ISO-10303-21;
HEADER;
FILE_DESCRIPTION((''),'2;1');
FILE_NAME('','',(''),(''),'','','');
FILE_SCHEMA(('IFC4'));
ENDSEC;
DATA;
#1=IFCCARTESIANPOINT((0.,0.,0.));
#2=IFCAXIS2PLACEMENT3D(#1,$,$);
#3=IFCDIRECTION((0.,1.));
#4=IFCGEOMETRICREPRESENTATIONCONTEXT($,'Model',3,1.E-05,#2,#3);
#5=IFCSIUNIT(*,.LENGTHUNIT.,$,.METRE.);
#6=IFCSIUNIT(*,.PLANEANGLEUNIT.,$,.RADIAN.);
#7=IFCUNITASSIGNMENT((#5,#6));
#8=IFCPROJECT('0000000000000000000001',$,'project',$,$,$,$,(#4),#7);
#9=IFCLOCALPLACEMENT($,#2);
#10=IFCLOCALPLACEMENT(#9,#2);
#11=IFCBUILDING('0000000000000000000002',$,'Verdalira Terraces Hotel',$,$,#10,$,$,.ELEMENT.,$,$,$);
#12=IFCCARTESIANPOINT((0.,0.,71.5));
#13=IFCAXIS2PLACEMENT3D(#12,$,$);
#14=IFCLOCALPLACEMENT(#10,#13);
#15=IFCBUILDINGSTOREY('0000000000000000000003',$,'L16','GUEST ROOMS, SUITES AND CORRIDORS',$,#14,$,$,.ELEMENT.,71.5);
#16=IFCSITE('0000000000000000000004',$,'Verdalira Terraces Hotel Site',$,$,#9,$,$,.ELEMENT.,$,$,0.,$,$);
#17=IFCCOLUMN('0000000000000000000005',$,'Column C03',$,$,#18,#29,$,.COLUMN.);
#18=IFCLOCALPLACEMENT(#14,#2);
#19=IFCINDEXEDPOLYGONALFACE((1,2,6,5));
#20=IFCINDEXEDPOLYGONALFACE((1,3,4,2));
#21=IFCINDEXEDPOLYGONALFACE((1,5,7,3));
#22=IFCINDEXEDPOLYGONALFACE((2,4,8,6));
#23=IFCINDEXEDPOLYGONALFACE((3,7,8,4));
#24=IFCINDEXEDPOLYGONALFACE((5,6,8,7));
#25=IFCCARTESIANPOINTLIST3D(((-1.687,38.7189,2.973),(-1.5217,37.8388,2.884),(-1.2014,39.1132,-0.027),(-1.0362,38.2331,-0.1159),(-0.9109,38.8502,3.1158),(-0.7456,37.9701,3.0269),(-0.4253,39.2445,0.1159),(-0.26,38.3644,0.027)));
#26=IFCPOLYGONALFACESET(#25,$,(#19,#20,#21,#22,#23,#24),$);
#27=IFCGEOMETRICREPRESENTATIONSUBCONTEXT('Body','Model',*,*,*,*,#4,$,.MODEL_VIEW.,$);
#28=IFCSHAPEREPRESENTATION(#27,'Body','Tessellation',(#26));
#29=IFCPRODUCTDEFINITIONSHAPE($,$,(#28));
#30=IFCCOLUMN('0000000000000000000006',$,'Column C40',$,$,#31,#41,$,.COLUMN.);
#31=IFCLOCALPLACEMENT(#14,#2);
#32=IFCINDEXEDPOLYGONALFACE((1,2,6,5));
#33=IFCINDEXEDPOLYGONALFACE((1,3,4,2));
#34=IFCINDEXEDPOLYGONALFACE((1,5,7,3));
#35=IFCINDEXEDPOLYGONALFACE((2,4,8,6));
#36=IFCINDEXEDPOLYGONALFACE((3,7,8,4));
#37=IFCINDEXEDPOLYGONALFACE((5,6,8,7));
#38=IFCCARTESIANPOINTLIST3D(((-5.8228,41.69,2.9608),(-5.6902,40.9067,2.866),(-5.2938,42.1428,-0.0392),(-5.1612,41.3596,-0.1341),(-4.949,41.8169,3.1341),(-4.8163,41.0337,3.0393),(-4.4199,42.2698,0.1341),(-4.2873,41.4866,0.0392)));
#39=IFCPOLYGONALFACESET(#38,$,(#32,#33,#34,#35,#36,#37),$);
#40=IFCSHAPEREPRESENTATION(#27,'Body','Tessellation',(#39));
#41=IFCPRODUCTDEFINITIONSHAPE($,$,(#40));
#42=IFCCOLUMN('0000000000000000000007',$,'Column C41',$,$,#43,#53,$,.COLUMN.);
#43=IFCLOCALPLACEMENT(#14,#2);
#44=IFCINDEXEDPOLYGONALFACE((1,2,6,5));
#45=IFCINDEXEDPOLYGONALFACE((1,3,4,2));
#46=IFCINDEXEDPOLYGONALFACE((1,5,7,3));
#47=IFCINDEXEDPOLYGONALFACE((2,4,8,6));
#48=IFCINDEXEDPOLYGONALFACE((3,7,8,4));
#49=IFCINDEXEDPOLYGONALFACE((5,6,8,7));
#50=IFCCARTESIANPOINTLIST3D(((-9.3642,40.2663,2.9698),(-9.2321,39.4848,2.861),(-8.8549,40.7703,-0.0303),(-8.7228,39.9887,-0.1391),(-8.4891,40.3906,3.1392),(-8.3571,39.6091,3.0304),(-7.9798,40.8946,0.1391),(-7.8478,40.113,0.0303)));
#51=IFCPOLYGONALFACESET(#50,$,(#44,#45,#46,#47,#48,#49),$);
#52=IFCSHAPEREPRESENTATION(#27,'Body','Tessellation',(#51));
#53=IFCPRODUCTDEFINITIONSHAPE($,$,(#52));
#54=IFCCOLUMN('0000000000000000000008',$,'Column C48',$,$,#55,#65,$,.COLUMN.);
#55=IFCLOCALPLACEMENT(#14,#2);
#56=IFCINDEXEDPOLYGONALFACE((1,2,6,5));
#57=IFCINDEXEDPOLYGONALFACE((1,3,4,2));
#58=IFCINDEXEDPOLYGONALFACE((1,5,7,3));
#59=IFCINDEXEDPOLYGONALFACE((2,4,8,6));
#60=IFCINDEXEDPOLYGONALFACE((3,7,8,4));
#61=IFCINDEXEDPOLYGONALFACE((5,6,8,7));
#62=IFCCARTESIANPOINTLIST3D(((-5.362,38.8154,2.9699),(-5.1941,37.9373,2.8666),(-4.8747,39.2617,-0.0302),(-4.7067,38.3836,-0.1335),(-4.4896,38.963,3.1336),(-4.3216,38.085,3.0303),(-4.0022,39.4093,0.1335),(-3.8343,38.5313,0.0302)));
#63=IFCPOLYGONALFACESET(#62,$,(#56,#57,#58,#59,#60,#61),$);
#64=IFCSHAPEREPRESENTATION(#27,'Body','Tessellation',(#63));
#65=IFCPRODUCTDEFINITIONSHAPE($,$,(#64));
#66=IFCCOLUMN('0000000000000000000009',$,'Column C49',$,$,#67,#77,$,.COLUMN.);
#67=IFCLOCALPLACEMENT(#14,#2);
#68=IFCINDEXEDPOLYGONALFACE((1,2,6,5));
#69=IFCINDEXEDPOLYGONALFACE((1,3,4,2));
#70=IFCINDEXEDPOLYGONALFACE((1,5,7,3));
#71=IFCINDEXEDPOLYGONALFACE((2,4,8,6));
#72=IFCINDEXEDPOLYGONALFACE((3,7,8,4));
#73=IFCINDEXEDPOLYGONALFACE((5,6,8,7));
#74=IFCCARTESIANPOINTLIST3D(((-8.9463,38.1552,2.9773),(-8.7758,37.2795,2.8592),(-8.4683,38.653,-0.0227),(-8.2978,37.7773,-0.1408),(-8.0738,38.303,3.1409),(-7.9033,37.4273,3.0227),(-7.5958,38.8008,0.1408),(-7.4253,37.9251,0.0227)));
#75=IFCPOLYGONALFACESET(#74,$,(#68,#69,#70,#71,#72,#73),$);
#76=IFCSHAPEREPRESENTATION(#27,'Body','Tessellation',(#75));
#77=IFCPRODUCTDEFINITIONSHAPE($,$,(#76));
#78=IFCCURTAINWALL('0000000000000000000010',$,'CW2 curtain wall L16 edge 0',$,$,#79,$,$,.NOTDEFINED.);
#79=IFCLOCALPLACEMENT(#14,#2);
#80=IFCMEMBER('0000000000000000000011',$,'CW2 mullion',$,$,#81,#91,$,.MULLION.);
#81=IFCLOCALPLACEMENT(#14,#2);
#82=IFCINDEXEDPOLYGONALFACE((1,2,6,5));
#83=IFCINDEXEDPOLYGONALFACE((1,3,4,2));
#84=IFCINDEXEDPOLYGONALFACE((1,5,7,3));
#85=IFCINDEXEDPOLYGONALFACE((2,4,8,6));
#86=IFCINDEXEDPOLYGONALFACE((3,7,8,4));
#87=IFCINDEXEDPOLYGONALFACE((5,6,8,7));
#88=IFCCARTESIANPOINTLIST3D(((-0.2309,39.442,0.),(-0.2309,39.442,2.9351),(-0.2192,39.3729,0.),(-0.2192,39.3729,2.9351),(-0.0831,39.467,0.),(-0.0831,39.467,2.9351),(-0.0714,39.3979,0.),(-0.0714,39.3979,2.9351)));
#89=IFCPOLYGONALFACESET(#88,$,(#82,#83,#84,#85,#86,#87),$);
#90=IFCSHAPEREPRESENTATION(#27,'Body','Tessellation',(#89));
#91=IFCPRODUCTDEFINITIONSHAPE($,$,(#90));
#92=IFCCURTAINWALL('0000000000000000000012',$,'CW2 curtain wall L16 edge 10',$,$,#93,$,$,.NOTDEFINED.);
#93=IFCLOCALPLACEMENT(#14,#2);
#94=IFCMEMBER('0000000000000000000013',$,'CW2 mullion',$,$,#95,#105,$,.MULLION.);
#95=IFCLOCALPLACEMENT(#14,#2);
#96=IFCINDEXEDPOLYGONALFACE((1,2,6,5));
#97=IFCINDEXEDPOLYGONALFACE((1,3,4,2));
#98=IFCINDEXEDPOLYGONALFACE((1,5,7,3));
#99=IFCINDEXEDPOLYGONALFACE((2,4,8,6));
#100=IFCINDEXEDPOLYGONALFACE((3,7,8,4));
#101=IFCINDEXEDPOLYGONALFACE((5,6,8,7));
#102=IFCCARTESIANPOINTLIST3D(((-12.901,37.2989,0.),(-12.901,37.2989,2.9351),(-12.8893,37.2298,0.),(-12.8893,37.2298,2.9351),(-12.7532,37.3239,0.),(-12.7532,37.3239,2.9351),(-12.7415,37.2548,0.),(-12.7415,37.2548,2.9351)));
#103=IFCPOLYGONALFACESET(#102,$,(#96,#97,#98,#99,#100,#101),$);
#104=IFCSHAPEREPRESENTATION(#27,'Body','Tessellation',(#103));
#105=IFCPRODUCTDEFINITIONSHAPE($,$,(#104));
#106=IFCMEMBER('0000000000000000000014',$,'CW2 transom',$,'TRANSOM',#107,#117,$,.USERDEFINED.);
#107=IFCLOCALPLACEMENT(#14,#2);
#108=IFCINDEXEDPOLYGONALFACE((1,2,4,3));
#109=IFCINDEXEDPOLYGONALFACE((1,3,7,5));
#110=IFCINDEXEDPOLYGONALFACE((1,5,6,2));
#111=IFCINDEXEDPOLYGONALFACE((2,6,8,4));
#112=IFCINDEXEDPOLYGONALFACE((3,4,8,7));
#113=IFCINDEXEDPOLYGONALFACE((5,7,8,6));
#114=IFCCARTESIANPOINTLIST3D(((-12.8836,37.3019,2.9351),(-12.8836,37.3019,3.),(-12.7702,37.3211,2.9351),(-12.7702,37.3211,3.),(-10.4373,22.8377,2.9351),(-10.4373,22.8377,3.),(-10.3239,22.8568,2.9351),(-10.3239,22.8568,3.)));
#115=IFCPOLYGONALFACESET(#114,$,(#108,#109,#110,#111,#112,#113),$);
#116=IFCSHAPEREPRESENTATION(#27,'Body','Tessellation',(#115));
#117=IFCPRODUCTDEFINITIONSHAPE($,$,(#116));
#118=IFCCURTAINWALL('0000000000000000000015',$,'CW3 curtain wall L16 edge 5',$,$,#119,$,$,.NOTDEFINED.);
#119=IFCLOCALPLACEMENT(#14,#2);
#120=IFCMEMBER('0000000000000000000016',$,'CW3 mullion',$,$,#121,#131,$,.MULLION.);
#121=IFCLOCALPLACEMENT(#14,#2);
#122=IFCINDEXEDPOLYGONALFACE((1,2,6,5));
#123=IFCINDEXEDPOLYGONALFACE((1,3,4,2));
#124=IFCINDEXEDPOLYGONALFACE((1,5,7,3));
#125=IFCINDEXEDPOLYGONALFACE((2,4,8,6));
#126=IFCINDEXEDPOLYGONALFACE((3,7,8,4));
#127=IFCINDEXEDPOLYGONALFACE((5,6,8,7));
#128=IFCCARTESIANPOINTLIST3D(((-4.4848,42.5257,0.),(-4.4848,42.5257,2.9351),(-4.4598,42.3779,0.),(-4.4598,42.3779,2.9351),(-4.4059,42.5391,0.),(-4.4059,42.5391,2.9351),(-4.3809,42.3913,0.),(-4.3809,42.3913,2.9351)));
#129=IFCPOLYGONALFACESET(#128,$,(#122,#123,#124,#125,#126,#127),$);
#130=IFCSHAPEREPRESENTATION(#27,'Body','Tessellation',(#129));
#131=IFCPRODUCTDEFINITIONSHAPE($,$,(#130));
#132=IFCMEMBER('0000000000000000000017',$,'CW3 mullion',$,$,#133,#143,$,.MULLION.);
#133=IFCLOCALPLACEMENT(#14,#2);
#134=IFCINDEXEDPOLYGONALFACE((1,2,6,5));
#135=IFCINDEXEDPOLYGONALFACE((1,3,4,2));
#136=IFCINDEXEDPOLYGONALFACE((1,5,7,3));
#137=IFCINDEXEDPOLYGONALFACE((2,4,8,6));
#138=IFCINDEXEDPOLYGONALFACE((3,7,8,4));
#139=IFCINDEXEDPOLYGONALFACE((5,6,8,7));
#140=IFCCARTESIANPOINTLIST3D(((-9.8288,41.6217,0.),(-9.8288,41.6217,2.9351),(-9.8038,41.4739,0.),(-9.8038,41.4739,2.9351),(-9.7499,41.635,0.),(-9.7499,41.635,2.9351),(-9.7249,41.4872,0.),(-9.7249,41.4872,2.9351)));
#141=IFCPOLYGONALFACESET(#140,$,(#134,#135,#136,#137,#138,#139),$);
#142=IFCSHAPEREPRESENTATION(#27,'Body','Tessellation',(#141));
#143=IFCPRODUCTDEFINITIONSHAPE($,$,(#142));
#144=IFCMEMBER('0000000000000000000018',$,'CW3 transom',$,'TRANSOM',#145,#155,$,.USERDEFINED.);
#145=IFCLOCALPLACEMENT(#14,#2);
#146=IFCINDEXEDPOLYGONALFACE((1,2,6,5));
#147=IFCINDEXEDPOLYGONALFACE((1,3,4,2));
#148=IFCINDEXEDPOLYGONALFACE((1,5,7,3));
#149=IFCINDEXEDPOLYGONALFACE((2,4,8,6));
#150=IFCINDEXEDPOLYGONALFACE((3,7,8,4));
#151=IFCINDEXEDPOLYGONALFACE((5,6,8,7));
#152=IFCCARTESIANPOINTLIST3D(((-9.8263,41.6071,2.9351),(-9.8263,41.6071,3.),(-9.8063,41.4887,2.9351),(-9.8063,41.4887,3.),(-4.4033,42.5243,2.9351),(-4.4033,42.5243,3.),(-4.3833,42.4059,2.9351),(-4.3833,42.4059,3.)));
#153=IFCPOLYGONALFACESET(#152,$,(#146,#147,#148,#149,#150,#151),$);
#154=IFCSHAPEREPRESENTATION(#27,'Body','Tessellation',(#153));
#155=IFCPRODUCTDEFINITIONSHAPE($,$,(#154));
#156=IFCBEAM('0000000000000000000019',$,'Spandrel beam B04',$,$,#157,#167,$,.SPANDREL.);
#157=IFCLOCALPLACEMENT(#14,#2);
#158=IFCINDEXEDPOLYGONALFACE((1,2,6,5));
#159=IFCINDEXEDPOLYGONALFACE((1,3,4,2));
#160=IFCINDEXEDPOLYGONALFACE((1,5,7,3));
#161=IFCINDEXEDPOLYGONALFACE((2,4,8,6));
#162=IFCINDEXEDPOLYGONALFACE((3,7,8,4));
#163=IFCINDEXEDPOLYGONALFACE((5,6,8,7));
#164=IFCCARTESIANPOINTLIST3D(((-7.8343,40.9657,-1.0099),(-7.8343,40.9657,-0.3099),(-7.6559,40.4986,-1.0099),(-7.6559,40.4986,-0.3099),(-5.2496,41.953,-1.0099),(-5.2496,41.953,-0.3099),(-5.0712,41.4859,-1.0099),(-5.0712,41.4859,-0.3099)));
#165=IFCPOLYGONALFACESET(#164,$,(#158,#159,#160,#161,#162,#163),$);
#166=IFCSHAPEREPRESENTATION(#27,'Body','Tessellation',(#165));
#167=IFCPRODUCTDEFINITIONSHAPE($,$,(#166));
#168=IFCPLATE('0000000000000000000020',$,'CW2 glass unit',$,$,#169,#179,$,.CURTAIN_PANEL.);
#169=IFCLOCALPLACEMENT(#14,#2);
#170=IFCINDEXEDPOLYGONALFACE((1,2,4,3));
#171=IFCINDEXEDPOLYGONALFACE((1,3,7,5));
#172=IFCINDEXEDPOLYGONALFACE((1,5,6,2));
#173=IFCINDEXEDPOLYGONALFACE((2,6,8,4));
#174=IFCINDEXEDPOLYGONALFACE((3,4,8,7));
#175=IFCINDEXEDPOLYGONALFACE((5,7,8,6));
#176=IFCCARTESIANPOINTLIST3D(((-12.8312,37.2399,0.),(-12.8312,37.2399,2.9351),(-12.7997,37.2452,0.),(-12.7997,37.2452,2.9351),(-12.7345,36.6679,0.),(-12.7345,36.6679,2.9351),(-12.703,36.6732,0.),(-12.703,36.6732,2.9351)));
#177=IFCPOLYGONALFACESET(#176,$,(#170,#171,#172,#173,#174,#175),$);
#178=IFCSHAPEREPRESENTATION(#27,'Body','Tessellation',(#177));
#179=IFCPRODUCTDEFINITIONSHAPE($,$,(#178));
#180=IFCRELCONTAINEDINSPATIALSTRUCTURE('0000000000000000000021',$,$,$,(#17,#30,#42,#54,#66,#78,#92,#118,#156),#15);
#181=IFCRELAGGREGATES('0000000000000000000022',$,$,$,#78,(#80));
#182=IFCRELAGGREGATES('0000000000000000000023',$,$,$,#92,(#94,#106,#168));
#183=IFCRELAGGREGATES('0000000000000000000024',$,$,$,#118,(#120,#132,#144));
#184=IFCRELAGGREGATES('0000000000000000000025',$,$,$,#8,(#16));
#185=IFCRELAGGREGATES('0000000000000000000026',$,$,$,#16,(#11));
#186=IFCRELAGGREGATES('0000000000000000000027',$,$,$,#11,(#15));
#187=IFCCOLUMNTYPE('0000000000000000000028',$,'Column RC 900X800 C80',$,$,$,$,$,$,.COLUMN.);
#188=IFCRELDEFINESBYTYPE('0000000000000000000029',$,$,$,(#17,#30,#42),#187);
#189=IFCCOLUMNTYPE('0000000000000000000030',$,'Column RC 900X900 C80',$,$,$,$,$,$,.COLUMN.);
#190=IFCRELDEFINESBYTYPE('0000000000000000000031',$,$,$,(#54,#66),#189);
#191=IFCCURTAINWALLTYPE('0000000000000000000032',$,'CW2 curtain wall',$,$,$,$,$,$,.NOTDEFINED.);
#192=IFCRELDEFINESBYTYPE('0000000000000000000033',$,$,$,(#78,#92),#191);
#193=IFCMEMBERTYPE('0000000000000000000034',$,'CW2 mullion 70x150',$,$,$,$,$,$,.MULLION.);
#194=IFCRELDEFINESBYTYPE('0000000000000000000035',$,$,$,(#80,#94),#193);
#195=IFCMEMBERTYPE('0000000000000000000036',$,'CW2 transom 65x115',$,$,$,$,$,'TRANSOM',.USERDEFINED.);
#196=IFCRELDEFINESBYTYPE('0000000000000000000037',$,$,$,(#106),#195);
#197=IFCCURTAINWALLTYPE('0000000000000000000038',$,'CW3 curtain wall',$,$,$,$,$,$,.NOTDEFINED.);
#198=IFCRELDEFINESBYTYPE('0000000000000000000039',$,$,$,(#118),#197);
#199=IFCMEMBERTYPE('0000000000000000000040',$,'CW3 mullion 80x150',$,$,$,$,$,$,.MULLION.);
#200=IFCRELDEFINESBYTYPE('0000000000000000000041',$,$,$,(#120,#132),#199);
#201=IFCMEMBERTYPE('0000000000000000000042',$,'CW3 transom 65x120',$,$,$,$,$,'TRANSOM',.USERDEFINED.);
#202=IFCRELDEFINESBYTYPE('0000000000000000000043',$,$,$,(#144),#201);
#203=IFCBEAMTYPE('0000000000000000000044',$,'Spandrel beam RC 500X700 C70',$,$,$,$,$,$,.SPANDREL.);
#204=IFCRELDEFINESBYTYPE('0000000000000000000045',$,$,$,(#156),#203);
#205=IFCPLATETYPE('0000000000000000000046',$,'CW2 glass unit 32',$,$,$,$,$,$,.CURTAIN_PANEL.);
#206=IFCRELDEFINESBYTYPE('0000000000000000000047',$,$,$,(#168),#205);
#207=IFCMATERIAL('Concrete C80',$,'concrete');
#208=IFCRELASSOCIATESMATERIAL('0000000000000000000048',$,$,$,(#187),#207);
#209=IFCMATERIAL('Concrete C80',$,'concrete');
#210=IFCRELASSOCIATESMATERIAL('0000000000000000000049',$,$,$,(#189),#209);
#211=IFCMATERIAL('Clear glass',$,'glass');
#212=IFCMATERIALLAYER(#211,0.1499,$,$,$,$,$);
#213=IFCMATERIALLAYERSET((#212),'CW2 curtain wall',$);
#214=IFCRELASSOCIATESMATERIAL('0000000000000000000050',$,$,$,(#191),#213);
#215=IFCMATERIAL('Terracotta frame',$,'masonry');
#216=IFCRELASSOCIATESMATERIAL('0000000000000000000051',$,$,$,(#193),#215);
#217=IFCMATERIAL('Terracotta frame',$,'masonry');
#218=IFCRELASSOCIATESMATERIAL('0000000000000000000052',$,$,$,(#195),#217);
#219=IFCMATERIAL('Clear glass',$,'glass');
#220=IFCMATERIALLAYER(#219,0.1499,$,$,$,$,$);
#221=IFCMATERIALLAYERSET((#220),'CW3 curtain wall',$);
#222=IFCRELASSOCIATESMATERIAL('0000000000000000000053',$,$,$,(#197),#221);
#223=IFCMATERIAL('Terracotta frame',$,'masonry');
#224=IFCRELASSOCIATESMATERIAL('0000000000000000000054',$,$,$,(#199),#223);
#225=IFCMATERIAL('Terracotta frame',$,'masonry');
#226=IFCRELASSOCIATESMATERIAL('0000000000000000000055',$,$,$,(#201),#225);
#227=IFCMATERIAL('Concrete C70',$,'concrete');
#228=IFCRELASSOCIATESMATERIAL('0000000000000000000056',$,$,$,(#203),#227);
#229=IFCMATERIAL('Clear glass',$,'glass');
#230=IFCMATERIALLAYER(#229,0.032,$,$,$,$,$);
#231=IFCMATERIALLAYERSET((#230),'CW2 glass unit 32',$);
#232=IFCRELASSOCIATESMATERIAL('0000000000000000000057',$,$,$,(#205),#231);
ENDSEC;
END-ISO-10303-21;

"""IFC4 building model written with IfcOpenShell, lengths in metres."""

from ifc_helpers import new_model, si_unit, direction, frame, origin, origin_2d, place, context, subcontext, project, spatial, rectangle, extrude, material, layer, layer_set, material_profile, profile_set, type_object, element, aggregate, save


model = new_model("IFC4")

# Units and contexts
model_context = context("Model", 3, precision=1e-05, world=origin(), true_north=direction((0.0, 1.0)))
body_context = subcontext(model_context, "Body", "Model", "MODEL_VIEW")
ifc_project = project(units=[si_unit("LENGTHUNIT", "METRE"), si_unit("PLANEANGLEUNIT", "RADIAN")], contexts=[model_context])

# Site, building, storey
site_placement = place(None, origin())
site = spatial("IfcSite", under=ifc_project, at=site_placement, Name="Verdalira Terraces Hotel Site", CompositionType="ELEMENT", RefElevation=0.0)
building_placement = place(site_placement, origin())
building = spatial("IfcBuilding", under=site, at=building_placement, Name="Verdalira Terraces Hotel", CompositionType="ELEMENT")
storey_placement = place(building_placement, frame((0.0, 0.0, 71.5)))
storey = spatial("IfcBuildingStorey", under=building, at=storey_placement, Name="L16", Description="GUEST ROOMS, SUITES AND CORRIDORS", CompositionType="ELEMENT", Elevation=71.5)

# Columns
ifc_material_1 = material(Name="Concrete C80", Category="concrete")
ifc_material_profile_1 = material_profile(ifc_material_1, rectangle(XDim=0.8999, YDim=0.8, at=origin_2d()), Name="RC 900X800")
ifc_profile_set_1 = profile_set([ifc_material_profile_1], Name="Concrete C80")
column_type_1 = type_object("IfcColumnType", Name="Column RC 900X800 C80", PredefinedType="COLUMN", material=ifc_profile_set_1)
column_1_placement = place(storey_placement, frame((-0.7307, 38.7388, 0.0), z_axis=(-0.158457, -0.128662, 0.978947), x_axis=(-0.183654, 0.978012, 0.098812)))
element("IfcColumn", 1, at=column_1_placement, inside=storey, type_object=column_type_1, Name="Column C03", PredefinedType="COLUMN", context=body_context, shape_type="SweptSolid", body=[
    extrude(rectangle(XDim=0.8999, YDim=0.8, at=origin_2d()), origin(), (0.0, 0.0, 1.0), 3.0645),
])
column_2_placement = place(storey_placement, frame((-4.7905, 41.8147, 0.0), z_axis=(-0.171783, -0.14705, 0.974098), x_axis=(-0.971091, -0.141089, -0.192552)))
element("IfcColumn", 2, at=column_2_placement, inside=storey, type_object=column_type_1, Name="Column C40", PredefinedType="COLUMN", context=body_context, shape_type="SweptSolid", body=[
    extrude(rectangle(XDim=0.8999, YDim=0.8, at=origin_2d()), origin(), (0.0, 0.0, 1.0), 3.0798),
])
column_3_placement = place(storey_placement, frame((-8.3513, 40.4417, 0.0), z_axis=(-0.165116, -0.163375, 0.972649), x_axis=(-0.972359, -0.138111, -0.188265)))
element("IfcColumn", 3, at=column_3_placement, inside=storey, type_object=column_type_1, Name="Column C41", PredefinedType="COLUMN", context=body_context, shape_type="SweptSolid", body=[
    extrude(rectangle(XDim=0.8999, YDim=0.8, at=origin_2d()), origin(), (0.0, 0.0, 1.0), 3.0845),
])
ifc_material_2 = material(Name="Concrete C80", Category="concrete")
ifc_material_profile_2 = material_profile(ifc_material_2, rectangle(XDim=0.8999, YDim=0.8999, at=origin_2d()), Name="RC 900X900")
ifc_profile_set_2 = profile_set([ifc_material_profile_2], Name="Concrete C80")
column_type_2 = type_object("IfcColumnType", Name="Column RC 900X900 C80", PredefinedType="COLUMN", material=ifc_profile_set_2)
column_4_placement = place(storey_placement, frame((-4.3545, 38.8965, 0.0), z_axis=(-0.158632, -0.145281, 0.976591), x_axis=(-0.186667, 0.97569, 0.114825)))
element("IfcColumn", 4, at=column_4_placement, inside=storey, type_object=column_type_2, Name="Column C48", PredefinedType="COLUMN", context=body_context, shape_type="SweptSolid", body=[
    extrude(rectangle(XDim=0.8999, YDim=0.8999, at=origin_2d()), origin(), (0.0, 0.0, 1.0), 3.072),
])
column_5_placement = place(storey_placement, frame((-7.9468, 38.2891, 0.0), z_axis=(-0.155286, -0.16171, 0.974544), x_axis=(-0.189421, 0.97308, 0.131284)))
element("IfcColumn", 5, at=column_5_placement, inside=storey, type_object=column_type_2, Name="Column C49", PredefinedType="COLUMN", context=body_context, shape_type="SweptSolid", body=[
    extrude(rectangle(XDim=0.8999, YDim=0.8999, at=origin_2d()), origin(), (0.0, 0.0, 1.0), 3.0784),
])

# Curtain wall, member
ifc_material_3 = material(Name="Clear glass", Category="glass")
ifc_layer_1 = layer(ifc_material_3, 0.1499)
ifc_layer_set_1 = layer_set([ifc_layer_1], Name="CW2 curtain wall")
curtain_wall_type_1 = type_object("IfcCurtainWallType", Name="CW2 curtain wall", PredefinedType="NOTDEFINED", material=ifc_layer_set_1)
curtain_wall_1_placement = place(storey_placement, origin())
curtain_wall_1 = element("IfcCurtainWall", 6, at=curtain_wall_1_placement, inside=storey, type_object=curtain_wall_type_1, Name="CW2 curtain wall L16 edge 0", PredefinedType="NOTDEFINED")
ifc_material_4 = material(Name="Terracotta frame", Category="masonry")
ifc_material_profile_3 = material_profile(ifc_material_4, rectangle(XDim=0.0701, YDim=0.1499, at=origin_2d()), Name="MU 70x150")
ifc_profile_set_3 = profile_set([ifc_material_profile_3], Name="Terracotta frame")
member_type_1 = type_object("IfcMemberType", Name="CW2 mullion 70x150", PredefinedType="MULLION", material=ifc_profile_set_3)
member_1_placement = place(storey_placement, frame((-0.1511, 39.4199, 0.0), z_axis=(0.0, 0.0, 1.0), x_axis=(-0.166769, 0.985996, 0.0)))
member_1 = element("IfcMember", 7, at=member_1_placement, type_object=member_type_1, Name="CW2 mullion", PredefinedType="MULLION", context=body_context, shape_type="SweptSolid", body=[
    extrude(rectangle(XDim=0.0701, YDim=0.1499, at=origin_2d()), origin(), (0.0, 0.0, 1.0), 2.9351),
])
aggregate(curtain_wall_1, [member_1])

# Curtain walls, members
curtain_wall_2_placement = place(storey_placement, origin())
curtain_wall_2 = element("IfcCurtainWall", 8, at=curtain_wall_2_placement, inside=storey, type_object=curtain_wall_type_1, Name="CW2 curtain wall L16 edge 10", PredefinedType="NOTDEFINED")
member_2_placement = place(storey_placement, frame((-12.8213, 37.2769, 0.0), z_axis=(0.0, 0.0, 1.0), x_axis=(0.166769, -0.985996, 0.0)))
member_2 = element("IfcMember", 9, at=member_2_placement, type_object=member_type_1, Name="CW2 mullion", PredefinedType="MULLION", context=body_context, shape_type="SweptSolid", body=[
    extrude(rectangle(XDim=0.0701, YDim=0.1499, at=origin_2d()), origin(), (0.0, 0.0, 1.0), 2.9351),
])
ifc_material_5 = material(Name="Terracotta frame", Category="masonry")
ifc_material_profile_4 = material_profile(ifc_material_5, rectangle(XDim=0.115, YDim=0.0649, at=origin_2d()), Name="TR 65x115")
ifc_profile_set_4 = profile_set([ifc_material_profile_4], Name="Terracotta frame")
member_type_2 = type_object("IfcMemberType", Name="CW2 transom 65x115", ElementType="TRANSOM", PredefinedType="USERDEFINED", material=ifc_profile_set_4)
member_3_placement = place(storey_placement, frame((-12.8269, 37.3115, 2.9675), z_axis=(0.166757, -0.985998, 0.0), x_axis=(0.985998, 0.166757, 0.0)))
member_3 = element("IfcMember", 10, at=member_3_placement, type_object=member_type_2, Name="CW2 transom", ObjectType="TRANSOM", PredefinedType="USERDEFINED", context=body_context, shape_type="SweptSolid", body=[
    extrude(rectangle(XDim=0.115, YDim=0.0649, at=origin_2d()), origin(), (0.0, 0.0, 1.0), 14.6697),
])
ifc_material_6 = material(Name="Clear glass", Category="glass")
ifc_layer_2 = layer(ifc_material_6, 0.1499)
ifc_layer_set_2 = layer_set([ifc_layer_2], Name="CW3 curtain wall")
curtain_wall_type_2 = type_object("IfcCurtainWallType", Name="CW3 curtain wall", PredefinedType="NOTDEFINED", material=ifc_layer_set_2)
curtain_wall_3_placement = place(storey_placement, origin())
curtain_wall_3 = element("IfcCurtainWall", 11, at=curtain_wall_3_placement, inside=storey, type_object=curtain_wall_type_2, Name="CW3 curtain wall L16 edge 5", PredefinedType="NOTDEFINED")
ifc_material_7 = material(Name="Terracotta frame", Category="masonry")
ifc_material_profile_5 = material_profile(ifc_material_7, rectangle(XDim=0.0801, YDim=0.1499, at=origin_2d()), Name="MU 80x150")
ifc_profile_set_5 = profile_set([ifc_material_profile_5], Name="Terracotta frame")
member_type_3 = type_object("IfcMemberType", Name="CW3 mullion 80x150", PredefinedType="MULLION", material=ifc_profile_set_5)
member_4_placement = place(storey_placement, frame((-4.4329, 42.4585, 0.0), z_axis=(0.0, 0.0, 1.0), x_axis=(-0.985996, -0.166769, 0.0)))
member_4 = element("IfcMember", 12, at=member_4_placement, type_object=member_type_3, Name="CW3 mullion", PredefinedType="MULLION", context=body_context, shape_type="SweptSolid", body=[
    extrude(rectangle(XDim=0.0801, YDim=0.1499, at=origin_2d()), origin(), (0.0, 0.0, 1.0), 2.9351),
])
member_5_placement = place(storey_placement, frame((-9.7769, 41.5544, 0.0), z_axis=(0.0, 0.0, 1.0), x_axis=(-0.985996, -0.166769, 0.0)))
member_5 = element("IfcMember", 13, at=member_5_placement, type_object=member_type_3, Name="CW3 mullion", PredefinedType="MULLION", context=body_context, shape_type="SweptSolid", body=[
    extrude(rectangle(XDim=0.0801, YDim=0.1499, at=origin_2d()), origin(), (0.0, 0.0, 1.0), 2.9351),
])
ifc_material_8 = material(Name="Terracotta frame", Category="masonry")
ifc_material_profile_6 = material_profile(ifc_material_8, rectangle(XDim=0.1201, YDim=0.0649, at=origin_2d()), Name="TR 65x120")
ifc_profile_set_6 = profile_set([ifc_material_profile_6], Name="Terracotta frame")
member_type_4 = type_object("IfcMemberType", Name="CW3 transom 65x120", ElementType="TRANSOM", PredefinedType="USERDEFINED", material=ifc_profile_set_6)
member_6_placement = place(storey_placement, frame((-4.3933, 42.4651, 2.9675), z_axis=(-0.985996, -0.166767, 0.0), x_axis=(0.166767, -0.985996, 0.0)))
member_6 = element("IfcMember", 14, at=member_6_placement, type_object=member_type_4, Name="CW3 transom", ObjectType="TRANSOM", PredefinedType="USERDEFINED", context=body_context, shape_type="SweptSolid", body=[
    extrude(rectangle(XDim=0.1201, YDim=0.0649, at=origin_2d()), origin(), (0.0, 0.0, 1.0), 5.5),
])

# Beam
ifc_material_9 = material(Name="Concrete C70", Category="concrete")
ifc_material_profile_7 = material_profile(ifc_material_9, rectangle(XDim=0.5, YDim=0.7, at=origin_2d()), Name="RC 500X700")
ifc_profile_set_7 = profile_set([ifc_material_profile_7], Name="Concrete C70")
beam_type = type_object("IfcBeamType", Name="Spandrel beam RC 500X700 C70", PredefinedType="SPANDREL", material=ifc_profile_set_7)
beam_placement = place(storey_placement, frame((-5.1604, 41.7195, -0.6599), z_axis=(-0.934169, -0.356832, 0.0), x_axis=(0.356832, -0.934169, 0.0)))
element("IfcBeam", 15, at=beam_placement, inside=storey, type_object=beam_type, Name="Spandrel beam B04", PredefinedType="SPANDREL", context=body_context, shape_type="SweptSolid", body=[
    extrude(rectangle(XDim=0.5, YDim=0.7, at=origin_2d()), origin(), (0.0, 0.0, 1.0), 2.7668),
])

# Plate
ifc_material_10 = material(Name="Clear glass", Category="glass")
ifc_layer_3 = layer(ifc_material_10, 0.032)
ifc_layer_set_3 = layer_set([ifc_layer_3], Name="CW2 glass unit 32")
plate_type_1 = type_object("IfcPlateType", Name="CW2 glass unit 32", PredefinedType="CURTAIN_PANEL", material=ifc_layer_set_3)
plate_1_placement = place(storey_placement, frame((-12.7671, 36.9565, 0.0), z_axis=(0.0, 0.0, 1.0), x_axis=(0.166769, -0.985996, 0.0)))
plate_1 = element("IfcPlate", 16, at=plate_1_placement, type_object=plate_type_1, Name="CW2 glass unit", PredefinedType="CURTAIN_PANEL", context=body_context, shape_type="SweptSolid", body=[
    extrude(rectangle(XDim=0.5801, YDim=0.032, at=origin_2d()), origin(), (0.0, 0.0, 1.0), 2.9351),
])
aggregate(curtain_wall_2, [member_2, member_3, plate_1])
aggregate(curtain_wall_3, [member_4, member_5, member_6])

save(model, "model.ifc")
